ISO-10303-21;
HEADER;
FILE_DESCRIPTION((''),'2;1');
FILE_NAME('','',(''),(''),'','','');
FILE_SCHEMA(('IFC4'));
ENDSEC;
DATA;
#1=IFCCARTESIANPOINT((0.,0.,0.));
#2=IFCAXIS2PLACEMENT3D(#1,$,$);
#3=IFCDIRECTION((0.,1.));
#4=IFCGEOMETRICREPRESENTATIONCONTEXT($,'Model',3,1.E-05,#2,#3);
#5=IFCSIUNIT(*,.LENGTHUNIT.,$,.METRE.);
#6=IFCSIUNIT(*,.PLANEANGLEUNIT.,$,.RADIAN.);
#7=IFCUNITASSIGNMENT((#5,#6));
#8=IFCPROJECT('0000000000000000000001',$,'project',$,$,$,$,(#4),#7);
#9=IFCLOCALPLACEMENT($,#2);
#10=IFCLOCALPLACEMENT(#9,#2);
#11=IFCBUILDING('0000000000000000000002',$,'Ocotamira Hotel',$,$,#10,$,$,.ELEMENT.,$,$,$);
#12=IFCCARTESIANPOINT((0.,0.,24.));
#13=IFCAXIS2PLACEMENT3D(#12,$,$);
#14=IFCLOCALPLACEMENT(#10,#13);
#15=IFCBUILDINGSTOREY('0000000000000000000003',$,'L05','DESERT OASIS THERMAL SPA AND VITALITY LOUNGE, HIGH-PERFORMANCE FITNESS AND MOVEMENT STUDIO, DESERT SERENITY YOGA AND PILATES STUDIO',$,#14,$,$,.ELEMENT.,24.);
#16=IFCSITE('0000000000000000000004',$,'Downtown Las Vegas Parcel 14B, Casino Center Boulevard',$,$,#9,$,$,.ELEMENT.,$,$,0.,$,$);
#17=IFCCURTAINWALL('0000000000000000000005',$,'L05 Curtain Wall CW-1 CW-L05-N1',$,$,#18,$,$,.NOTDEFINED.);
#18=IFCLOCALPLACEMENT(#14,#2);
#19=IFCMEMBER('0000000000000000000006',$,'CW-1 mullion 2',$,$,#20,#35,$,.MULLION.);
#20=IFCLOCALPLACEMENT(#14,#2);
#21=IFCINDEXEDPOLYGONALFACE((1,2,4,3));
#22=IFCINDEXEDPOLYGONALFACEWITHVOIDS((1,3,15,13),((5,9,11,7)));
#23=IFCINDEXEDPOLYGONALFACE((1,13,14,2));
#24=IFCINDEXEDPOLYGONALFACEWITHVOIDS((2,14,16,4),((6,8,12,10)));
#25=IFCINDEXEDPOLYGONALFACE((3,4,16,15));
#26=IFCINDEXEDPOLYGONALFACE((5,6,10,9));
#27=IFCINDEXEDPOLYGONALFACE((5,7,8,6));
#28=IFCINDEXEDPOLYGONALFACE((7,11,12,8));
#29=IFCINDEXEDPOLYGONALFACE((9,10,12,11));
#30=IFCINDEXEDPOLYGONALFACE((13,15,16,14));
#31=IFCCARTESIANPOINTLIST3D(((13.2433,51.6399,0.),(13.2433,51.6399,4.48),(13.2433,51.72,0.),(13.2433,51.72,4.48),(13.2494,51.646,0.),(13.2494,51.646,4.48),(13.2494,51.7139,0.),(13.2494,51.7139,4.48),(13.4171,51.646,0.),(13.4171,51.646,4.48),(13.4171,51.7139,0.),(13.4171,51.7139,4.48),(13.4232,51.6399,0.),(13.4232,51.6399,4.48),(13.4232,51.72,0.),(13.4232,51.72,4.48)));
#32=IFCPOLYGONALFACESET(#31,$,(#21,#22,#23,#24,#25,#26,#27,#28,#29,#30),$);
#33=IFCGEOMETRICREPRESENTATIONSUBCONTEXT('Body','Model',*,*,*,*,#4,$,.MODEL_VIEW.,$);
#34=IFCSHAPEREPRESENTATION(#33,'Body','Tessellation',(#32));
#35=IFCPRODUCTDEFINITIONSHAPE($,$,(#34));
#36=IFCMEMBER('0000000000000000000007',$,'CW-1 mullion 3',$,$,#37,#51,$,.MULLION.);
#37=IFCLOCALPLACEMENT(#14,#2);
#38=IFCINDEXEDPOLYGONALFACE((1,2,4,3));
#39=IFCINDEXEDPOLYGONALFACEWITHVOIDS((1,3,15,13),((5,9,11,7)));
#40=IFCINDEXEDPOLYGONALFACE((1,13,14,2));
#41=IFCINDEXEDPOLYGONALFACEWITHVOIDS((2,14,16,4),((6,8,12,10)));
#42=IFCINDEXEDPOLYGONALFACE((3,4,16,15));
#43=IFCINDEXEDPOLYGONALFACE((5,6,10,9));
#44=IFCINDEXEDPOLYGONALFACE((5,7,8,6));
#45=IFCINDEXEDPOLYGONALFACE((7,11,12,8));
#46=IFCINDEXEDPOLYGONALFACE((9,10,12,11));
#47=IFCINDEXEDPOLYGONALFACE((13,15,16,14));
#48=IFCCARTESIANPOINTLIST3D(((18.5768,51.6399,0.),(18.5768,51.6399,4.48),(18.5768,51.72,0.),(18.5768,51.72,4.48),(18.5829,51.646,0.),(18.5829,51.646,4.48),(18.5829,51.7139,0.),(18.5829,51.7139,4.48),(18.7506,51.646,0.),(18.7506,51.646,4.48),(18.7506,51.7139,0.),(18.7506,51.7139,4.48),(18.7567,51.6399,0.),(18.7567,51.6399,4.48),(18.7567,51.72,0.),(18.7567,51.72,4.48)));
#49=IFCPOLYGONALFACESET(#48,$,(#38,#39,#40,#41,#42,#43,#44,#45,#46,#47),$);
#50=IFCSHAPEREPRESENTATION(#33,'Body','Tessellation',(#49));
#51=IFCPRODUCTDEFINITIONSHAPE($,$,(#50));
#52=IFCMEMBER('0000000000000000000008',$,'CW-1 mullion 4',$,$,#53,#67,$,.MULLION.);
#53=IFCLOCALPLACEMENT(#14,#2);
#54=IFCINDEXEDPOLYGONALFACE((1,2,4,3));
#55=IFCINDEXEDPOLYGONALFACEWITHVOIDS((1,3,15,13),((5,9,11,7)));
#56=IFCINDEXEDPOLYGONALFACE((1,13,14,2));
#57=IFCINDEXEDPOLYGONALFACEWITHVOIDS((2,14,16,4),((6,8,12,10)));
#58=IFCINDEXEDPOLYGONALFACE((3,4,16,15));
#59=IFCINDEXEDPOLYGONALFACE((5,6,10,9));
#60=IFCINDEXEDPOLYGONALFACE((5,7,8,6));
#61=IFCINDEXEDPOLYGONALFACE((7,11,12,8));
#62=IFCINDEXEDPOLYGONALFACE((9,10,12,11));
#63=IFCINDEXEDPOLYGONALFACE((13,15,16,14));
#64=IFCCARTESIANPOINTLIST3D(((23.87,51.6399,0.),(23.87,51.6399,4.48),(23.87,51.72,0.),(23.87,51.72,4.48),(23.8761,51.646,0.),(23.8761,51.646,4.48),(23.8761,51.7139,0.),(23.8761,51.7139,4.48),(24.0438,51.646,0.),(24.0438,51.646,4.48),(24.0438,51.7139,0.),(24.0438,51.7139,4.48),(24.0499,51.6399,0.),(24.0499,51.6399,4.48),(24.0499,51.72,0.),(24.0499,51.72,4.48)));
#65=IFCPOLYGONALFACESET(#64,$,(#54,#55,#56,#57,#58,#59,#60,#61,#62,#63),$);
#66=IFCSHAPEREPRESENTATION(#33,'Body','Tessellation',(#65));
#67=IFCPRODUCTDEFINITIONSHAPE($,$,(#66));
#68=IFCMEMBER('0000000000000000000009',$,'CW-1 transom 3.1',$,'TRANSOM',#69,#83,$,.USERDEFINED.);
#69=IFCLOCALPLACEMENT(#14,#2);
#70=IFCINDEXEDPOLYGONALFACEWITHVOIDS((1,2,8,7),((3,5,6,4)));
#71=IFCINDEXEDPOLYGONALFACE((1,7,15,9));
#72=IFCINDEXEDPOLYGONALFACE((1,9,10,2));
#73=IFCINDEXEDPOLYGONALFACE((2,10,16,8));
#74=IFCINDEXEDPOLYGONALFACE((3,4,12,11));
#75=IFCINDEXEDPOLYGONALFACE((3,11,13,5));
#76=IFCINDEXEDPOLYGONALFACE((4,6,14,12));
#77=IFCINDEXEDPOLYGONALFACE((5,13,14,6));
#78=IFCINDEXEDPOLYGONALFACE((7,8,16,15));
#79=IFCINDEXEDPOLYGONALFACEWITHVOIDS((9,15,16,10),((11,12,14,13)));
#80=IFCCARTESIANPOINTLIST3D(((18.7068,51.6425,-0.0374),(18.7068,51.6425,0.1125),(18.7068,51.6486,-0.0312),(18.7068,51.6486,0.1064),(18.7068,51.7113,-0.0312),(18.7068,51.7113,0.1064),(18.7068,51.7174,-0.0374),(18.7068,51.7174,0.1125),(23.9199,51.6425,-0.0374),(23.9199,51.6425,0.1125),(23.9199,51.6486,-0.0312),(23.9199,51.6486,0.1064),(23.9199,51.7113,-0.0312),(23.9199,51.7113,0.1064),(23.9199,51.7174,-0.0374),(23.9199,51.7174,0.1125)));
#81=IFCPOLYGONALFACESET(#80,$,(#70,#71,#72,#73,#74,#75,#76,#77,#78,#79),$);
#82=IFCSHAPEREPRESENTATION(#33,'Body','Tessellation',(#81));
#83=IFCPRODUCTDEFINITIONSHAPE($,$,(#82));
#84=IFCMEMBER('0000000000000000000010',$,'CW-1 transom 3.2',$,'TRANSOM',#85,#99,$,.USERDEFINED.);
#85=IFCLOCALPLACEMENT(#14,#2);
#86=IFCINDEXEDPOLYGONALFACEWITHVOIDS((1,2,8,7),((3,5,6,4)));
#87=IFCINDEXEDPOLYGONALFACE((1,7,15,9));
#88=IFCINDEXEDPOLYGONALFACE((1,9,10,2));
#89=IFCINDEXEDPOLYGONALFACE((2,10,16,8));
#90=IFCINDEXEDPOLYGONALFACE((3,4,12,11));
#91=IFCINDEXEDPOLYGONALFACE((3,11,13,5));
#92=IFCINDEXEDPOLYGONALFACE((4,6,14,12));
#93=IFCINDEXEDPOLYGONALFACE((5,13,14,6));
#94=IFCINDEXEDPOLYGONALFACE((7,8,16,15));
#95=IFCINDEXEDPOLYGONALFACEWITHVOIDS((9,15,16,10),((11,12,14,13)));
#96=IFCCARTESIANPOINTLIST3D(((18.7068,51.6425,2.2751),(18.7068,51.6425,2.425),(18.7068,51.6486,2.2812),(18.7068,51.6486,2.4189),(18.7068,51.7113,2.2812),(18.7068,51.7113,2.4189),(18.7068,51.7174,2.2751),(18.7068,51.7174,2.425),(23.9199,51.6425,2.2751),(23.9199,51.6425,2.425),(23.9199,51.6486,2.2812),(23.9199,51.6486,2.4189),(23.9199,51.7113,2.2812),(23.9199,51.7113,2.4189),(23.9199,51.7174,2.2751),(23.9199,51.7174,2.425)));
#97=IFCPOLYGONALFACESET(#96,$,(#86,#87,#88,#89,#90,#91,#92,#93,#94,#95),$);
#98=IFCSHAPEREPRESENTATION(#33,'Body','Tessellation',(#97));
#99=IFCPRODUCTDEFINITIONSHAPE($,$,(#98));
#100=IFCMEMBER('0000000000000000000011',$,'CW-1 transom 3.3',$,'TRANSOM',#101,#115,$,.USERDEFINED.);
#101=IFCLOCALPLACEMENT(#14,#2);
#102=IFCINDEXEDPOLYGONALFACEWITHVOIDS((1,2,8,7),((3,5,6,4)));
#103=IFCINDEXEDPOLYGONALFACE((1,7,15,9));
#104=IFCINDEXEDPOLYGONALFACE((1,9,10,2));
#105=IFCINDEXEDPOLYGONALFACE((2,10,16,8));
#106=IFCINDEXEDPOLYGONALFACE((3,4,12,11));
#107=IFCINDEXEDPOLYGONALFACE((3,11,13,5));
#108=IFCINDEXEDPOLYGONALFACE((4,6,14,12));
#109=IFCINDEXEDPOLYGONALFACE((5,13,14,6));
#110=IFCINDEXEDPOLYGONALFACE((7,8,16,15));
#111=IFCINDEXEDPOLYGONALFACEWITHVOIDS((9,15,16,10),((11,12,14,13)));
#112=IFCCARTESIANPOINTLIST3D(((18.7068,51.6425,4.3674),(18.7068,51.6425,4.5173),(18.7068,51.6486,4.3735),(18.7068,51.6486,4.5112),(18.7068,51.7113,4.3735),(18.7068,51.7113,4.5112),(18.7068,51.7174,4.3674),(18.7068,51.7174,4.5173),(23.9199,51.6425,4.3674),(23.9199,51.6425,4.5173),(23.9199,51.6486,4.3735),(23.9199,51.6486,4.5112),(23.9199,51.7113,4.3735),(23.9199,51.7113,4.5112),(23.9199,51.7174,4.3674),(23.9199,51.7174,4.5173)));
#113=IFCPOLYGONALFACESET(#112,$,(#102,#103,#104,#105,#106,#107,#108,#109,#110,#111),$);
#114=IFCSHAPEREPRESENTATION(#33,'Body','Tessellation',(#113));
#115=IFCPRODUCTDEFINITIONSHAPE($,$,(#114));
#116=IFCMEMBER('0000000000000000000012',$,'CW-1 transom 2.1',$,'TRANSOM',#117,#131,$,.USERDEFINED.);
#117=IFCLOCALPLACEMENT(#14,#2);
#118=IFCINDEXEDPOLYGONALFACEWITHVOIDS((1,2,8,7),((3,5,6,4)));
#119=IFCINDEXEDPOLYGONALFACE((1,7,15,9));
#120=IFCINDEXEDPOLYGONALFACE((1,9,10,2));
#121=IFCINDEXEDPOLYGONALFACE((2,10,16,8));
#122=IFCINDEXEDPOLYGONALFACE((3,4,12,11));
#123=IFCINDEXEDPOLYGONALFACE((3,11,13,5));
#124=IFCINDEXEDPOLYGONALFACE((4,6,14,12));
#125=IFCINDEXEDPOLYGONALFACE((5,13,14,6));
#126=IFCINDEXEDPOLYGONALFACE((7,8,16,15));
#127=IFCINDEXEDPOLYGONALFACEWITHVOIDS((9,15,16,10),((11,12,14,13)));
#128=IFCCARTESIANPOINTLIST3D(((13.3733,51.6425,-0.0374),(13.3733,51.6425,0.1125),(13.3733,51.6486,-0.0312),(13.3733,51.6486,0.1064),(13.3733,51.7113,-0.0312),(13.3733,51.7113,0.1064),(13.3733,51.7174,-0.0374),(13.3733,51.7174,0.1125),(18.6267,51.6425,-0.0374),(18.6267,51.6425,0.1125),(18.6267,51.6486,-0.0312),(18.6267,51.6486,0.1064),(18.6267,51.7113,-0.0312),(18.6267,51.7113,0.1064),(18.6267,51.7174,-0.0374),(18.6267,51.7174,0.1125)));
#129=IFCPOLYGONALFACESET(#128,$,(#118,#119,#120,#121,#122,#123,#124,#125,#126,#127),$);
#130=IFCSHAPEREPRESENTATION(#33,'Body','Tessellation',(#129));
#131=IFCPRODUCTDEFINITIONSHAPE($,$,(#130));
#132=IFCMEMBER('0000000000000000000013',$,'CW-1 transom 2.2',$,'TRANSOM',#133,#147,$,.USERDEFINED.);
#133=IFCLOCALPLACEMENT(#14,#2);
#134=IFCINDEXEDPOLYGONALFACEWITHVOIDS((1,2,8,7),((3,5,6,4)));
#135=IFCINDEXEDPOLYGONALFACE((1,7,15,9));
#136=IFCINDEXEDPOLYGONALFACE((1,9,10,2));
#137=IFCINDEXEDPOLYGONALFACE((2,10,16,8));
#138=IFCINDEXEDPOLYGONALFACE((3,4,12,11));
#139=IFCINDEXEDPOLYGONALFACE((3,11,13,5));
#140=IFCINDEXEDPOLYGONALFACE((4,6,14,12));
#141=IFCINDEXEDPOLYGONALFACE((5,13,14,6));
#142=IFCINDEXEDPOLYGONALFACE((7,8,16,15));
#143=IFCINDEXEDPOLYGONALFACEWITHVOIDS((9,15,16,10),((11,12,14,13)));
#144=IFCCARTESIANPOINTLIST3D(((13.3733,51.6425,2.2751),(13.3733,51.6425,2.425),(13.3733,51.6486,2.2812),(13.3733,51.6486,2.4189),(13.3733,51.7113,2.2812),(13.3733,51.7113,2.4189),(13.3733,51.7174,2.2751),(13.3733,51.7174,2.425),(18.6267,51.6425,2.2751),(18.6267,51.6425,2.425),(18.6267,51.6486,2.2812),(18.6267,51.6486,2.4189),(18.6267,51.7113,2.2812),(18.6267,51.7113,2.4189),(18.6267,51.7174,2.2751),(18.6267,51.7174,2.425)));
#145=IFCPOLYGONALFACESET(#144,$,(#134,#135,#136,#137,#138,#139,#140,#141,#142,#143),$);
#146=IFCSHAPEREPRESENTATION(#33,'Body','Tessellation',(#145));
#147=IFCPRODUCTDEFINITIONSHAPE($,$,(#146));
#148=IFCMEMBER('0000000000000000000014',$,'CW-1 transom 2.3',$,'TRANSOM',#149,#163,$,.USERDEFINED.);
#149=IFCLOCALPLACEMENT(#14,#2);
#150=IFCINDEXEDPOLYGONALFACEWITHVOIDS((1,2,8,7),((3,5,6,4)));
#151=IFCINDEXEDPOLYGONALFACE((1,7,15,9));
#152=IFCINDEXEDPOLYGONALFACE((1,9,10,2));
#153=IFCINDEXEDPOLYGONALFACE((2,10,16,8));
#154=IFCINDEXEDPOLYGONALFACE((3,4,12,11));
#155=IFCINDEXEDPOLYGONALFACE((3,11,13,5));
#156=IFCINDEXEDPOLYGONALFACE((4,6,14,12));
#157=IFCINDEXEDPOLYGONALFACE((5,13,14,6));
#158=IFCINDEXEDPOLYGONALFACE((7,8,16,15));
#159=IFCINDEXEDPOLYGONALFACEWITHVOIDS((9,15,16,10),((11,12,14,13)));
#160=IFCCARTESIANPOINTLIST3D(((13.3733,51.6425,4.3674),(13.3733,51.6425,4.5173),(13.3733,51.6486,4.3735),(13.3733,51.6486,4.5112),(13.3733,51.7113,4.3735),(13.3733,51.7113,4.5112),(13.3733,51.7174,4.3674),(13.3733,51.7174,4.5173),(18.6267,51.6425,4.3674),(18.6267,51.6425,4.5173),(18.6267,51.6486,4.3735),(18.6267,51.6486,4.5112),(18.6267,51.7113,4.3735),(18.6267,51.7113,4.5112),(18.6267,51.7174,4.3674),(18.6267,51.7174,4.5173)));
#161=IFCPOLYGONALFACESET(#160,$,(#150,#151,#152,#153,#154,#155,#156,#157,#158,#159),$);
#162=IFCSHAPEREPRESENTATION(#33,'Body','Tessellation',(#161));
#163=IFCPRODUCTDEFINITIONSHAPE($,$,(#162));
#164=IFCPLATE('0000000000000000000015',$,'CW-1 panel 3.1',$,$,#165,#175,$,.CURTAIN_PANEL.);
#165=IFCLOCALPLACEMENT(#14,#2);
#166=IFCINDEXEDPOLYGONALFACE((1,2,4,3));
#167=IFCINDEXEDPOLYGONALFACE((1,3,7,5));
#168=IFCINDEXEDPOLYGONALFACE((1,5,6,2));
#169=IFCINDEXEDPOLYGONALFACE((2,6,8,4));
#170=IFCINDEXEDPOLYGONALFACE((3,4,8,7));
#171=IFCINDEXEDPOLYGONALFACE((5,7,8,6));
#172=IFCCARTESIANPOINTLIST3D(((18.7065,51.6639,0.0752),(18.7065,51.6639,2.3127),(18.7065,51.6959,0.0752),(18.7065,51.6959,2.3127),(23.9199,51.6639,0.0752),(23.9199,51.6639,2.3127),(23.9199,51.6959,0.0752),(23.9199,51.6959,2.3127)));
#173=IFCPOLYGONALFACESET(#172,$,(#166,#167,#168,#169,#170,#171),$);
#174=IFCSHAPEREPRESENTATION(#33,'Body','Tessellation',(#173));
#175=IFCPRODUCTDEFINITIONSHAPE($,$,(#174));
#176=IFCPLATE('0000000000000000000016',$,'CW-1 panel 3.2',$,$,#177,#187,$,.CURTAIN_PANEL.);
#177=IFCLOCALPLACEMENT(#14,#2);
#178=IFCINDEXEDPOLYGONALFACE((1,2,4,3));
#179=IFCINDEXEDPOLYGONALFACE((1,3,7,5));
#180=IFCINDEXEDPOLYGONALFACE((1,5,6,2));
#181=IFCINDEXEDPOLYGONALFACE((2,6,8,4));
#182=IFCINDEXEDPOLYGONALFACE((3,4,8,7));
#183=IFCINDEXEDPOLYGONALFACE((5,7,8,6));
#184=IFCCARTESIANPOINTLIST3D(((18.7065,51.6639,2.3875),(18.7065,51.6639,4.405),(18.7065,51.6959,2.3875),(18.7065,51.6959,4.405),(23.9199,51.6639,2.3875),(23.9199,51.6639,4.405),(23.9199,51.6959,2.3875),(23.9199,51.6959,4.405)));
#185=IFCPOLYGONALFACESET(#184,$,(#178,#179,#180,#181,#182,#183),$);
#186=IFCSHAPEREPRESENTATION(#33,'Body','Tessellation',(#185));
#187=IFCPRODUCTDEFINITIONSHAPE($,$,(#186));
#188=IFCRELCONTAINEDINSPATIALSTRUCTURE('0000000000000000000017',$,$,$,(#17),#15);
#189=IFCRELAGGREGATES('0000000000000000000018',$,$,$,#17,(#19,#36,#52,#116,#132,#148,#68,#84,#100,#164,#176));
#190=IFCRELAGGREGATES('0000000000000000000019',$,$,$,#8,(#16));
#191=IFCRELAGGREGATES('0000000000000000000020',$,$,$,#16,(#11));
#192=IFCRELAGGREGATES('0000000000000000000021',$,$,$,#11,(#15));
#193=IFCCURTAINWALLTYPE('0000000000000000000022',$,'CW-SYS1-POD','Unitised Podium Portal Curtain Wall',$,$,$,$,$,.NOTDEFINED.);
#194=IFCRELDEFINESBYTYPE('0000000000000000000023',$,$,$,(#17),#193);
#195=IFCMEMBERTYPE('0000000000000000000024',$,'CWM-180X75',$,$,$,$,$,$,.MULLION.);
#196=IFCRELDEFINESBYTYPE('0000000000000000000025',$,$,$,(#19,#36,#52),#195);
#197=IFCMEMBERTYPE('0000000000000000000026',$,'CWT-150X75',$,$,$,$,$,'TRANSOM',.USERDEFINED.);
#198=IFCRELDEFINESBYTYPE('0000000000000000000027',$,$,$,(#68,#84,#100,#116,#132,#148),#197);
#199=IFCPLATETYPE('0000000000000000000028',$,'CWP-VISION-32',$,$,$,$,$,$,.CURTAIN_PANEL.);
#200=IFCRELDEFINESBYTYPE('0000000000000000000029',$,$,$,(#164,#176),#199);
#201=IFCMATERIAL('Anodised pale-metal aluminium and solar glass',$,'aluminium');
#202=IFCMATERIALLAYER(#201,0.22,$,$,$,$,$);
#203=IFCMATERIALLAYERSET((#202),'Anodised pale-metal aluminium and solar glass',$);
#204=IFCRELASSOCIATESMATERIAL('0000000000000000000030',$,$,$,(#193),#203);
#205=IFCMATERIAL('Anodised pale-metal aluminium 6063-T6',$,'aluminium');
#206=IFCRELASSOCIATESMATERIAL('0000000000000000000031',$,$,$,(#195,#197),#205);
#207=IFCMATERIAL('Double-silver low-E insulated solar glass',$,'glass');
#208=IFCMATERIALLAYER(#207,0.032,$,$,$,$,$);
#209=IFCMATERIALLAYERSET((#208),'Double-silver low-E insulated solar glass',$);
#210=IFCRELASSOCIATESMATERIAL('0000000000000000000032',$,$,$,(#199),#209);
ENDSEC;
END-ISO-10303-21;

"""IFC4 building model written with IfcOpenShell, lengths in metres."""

from ifc_helpers import new_model, si_unit, direction, frame, origin, origin_2d, place, context, subcontext, project, spatial, rectangle, hollow_rectangle, extrude, source, transform, mapped, material, layer, layer_set, material_profile, profile_set, type_object, element, aggregate, save


model = new_model("IFC4")

# Units and contexts
model_context = context("Model", 3, precision=1e-05, world=origin(), true_north=direction((0.0, 1.0)))
body_context = subcontext(model_context, "Body", "Model", "MODEL_VIEW")
ifc_project = project(units=[si_unit("LENGTHUNIT", "METRE"), si_unit("PLANEANGLEUNIT", "RADIAN")], contexts=[model_context])

# Site, building, storey
site_placement = place(None, origin())
site = spatial("IfcSite", under=ifc_project, at=site_placement, Name="Downtown Las Vegas Parcel 14B, Casino Center Boulevard", CompositionType="ELEMENT", RefElevation=0.0)
building_placement = place(site_placement, origin())
building = spatial("IfcBuilding", under=site, at=building_placement, Name="Ocotamira Hotel", CompositionType="ELEMENT")
storey_placement = place(building_placement, frame((0.0, 0.0, 24.0)))
storey = spatial("IfcBuildingStorey", under=building, at=storey_placement, Name="L05", Description="DESERT OASIS THERMAL SPA AND VITALITY LOUNGE, HIGH-PERFORMANCE FITNESS AND MOVEMENT STUDIO, DESERT SERENITY YOGA AND PILATES STUDIO", CompositionType="ELEMENT", Elevation=24.0)

# Curtain wall, members, plates
ifc_material_1 = material(Name="Anodised pale-metal aluminium and solar glass", Category="aluminium")
ifc_layer_1 = layer(ifc_material_1, 0.22)
ifc_layer_set_1 = layer_set([ifc_layer_1], Name="Anodised pale-metal aluminium and solar glass")
curtain_wall_type = type_object("IfcCurtainWallType", Name="CW-SYS1-POD", Description="Unitised Podium Portal Curtain Wall", PredefinedType="NOTDEFINED", material=ifc_layer_set_1)
curtain_wall_placement = place(storey_placement, origin())
curtain_wall = element("IfcCurtainWall", 1, at=curtain_wall_placement, inside=storey, type_object=curtain_wall_type, Name="L05 Curtain Wall CW-1 CW-L05-N1", PredefinedType="NOTDEFINED")
ifc_material_2 = material(Name="Anodised pale-metal aluminium 6063-T6", Category="aluminium")
ifc_material_profile_1 = material_profile(ifc_material_2, hollow_rectangle(XDim=0.0801, YDim=0.1799, WallThickness=0.0061, at=origin_2d()), Name="HSS180X80X6")
ifc_profile_set_1 = profile_set([ifc_material_profile_1], Name="Anodised pale-metal aluminium 6063-T6")
member_type_1 = type_object("IfcMemberType", Name="CWM-180X75", PredefinedType="MULLION", material=ifc_profile_set_1)
shared_shape_1 = source(origin(), body_context, "Body", "SweptSolid", [
    extrude(hollow_rectangle(XDim=0.0801, YDim=0.1799, WallThickness=0.0061, at=origin_2d()), origin(), (0.0, 0.0, 1.0), 4.48),
])
member_1_placement = place(storey_placement, frame((13.3333, 51.6799, 0.0), z_axis=(0.0, 0.0, 1.0), x_axis=(0.0, 1.0, 0.0)))
member_1 = element("IfcMember", 2, at=member_1_placement, type_object=member_type_1, Name="CW-1 mullion 2", PredefinedType="MULLION", context=body_context, shape_type="MappedRepresentation", body=[
    mapped(shared_shape_1, transform((0.0, 0.0, 0.0), scale=1.0)),
])
member_2_placement = place(storey_placement, frame((18.6667, 51.6799, 0.0), z_axis=(0.0, 0.0, 1.0), x_axis=(0.0, 1.0, 0.0)))
member_2 = element("IfcMember", 3, at=member_2_placement, type_object=member_type_1, Name="CW-1 mullion 3", PredefinedType="MULLION", context=body_context, shape_type="MappedRepresentation", body=[
    mapped(shared_shape_1, transform((0.0, 0.0, 0.0), scale=1.0)),
])
member_3_placement = place(storey_placement, frame((23.96, 51.6799, 0.0), z_axis=(0.0, 0.0, 1.0), x_axis=(0.0, 1.0, 0.0)))
member_3 = element("IfcMember", 4, at=member_3_placement, type_object=member_type_1, Name="CW-1 mullion 4", PredefinedType="MULLION", context=body_context, shape_type="MappedRepresentation", body=[
    mapped(shared_shape_1, transform((0.0, 0.0, 0.0), scale=1.0)),
])
ifc_material_profile_2 = material_profile(ifc_material_2, hollow_rectangle(XDim=0.075, YDim=0.1499, WallThickness=0.0061, at=origin_2d()), Name="HSS150X75X6")
ifc_profile_set_2 = profile_set([ifc_material_profile_2], Name="Anodised pale-metal aluminium 6063-T6")
member_type_2 = type_object("IfcMemberType", Name="CWT-150X75", ElementType="TRANSOM", PredefinedType="USERDEFINED", material=ifc_profile_set_2)
shared_shape_2 = source(origin(), body_context, "Body", "SweptSolid", [
    extrude(hollow_rectangle(XDim=0.075, YDim=0.1499, WallThickness=0.0061, at=origin_2d()), origin(), (0.0, 0.0, 1.0), 5.2131),
])
member_4_placement = place(storey_placement, frame((18.7068, 51.6799, 0.0376), z_axis=(1.0, 0.0, 0.0), x_axis=(0.0, 1.0, 0.0)))
member_4 = element("IfcMember", 5, at=member_4_placement, type_object=member_type_2, Name="CW-1 transom 3.1", ObjectType="TRANSOM", PredefinedType="USERDEFINED", context=body_context, shape_type="MappedRepresentation", body=[
    mapped(shared_shape_2, transform((0.0, 0.0, 0.0), scale=1.0)),
])
member_5_placement = place(storey_placement, frame((18.7068, 51.6799, 2.3501), z_axis=(1.0, 0.0, 0.0), x_axis=(0.0, 1.0, 0.0)))
member_5 = element("IfcMember", 6, at=member_5_placement, type_object=member_type_2, Name="CW-1 transom 3.2", ObjectType="TRANSOM", PredefinedType="USERDEFINED", context=body_context, shape_type="MappedRepresentation", body=[
    mapped(shared_shape_2, transform((0.0, 0.0, 0.0), scale=1.0)),
])
member_6_placement = place(storey_placement, frame((18.7068, 51.6799, 4.4424), z_axis=(1.0, 0.0, 0.0), x_axis=(0.0, 1.0, 0.0)))
member_6 = element("IfcMember", 7, at=member_6_placement, type_object=member_type_2, Name="CW-1 transom 3.3", ObjectType="TRANSOM", PredefinedType="USERDEFINED", context=body_context, shape_type="MappedRepresentation", body=[
    mapped(shared_shape_2, transform((0.0, 0.0, 0.0), scale=1.0)),
])
shared_shape_3 = source(origin(), body_context, "Body", "SweptSolid", [
    extrude(hollow_rectangle(XDim=0.075, YDim=0.1499, WallThickness=0.0061, at=origin_2d()), origin(), (0.0, 0.0, 1.0), 5.2534),
])
member_7_placement = place(storey_placement, frame((13.3733, 51.6799, 0.0376), z_axis=(1.0, 0.0, 0.0), x_axis=(0.0, 1.0, 0.0)))
member_7 = element("IfcMember", 8, at=member_7_placement, type_object=member_type_2, Name="CW-1 transom 2.1", ObjectType="TRANSOM", PredefinedType="USERDEFINED", context=body_context, shape_type="MappedRepresentation", body=[
    mapped(shared_shape_3, transform((0.0, 0.0, 0.0), scale=1.0)),
])
member_8_placement = place(storey_placement, frame((13.3733, 51.6799, 2.3501), z_axis=(1.0, 0.0, 0.0), x_axis=(0.0, 1.0, 0.0)))
member_8 = element("IfcMember", 9, at=member_8_placement, type_object=member_type_2, Name="CW-1 transom 2.2", ObjectType="TRANSOM", PredefinedType="USERDEFINED", context=body_context, shape_type="MappedRepresentation", body=[
    mapped(shared_shape_3, transform((0.0, 0.0, 0.0), scale=1.0)),
])
member_9_placement = place(storey_placement, frame((13.3733, 51.6799, 4.4424), z_axis=(1.0, 0.0, 0.0), x_axis=(0.0, 1.0, 0.0)))
member_9 = element("IfcMember", 10, at=member_9_placement, type_object=member_type_2, Name="CW-1 transom 2.3", ObjectType="TRANSOM", PredefinedType="USERDEFINED", context=body_context, shape_type="MappedRepresentation", body=[
    mapped(shared_shape_3, transform((0.0, 0.0, 0.0), scale=1.0)),
])
ifc_material_3 = material(Name="Double-silver low-E insulated solar glass", Category="glass")
ifc_layer_2 = layer(ifc_material_3, 0.032)
ifc_layer_set_2 = layer_set([ifc_layer_2], Name="Double-silver low-E insulated solar glass")
plate_type = type_object("IfcPlateType", Name="CWP-VISION-32", PredefinedType="CURTAIN_PANEL", material=ifc_layer_set_2)
shared_shape_4 = source(origin(), body_context, "Body", "SweptSolid", [
    extrude(rectangle(XDim=5.2134, YDim=0.032, at=origin_2d()), origin(), (0.0, 0.0, 1.0), 2.2375),
])
plate_1_placement = place(storey_placement, frame((21.3132, 51.6799, 0.0752), z_axis=(0.0, 0.0, 1.0), x_axis=(1.0, 0.0, 0.0)))
plate_1 = element("IfcPlate", 11, at=plate_1_placement, type_object=plate_type, Name="CW-1 panel 3.1", PredefinedType="CURTAIN_PANEL", context=body_context, shape_type="MappedRepresentation", body=[
    mapped(shared_shape_4, transform((0.0, 0.0, 0.0), scale=1.0)),
])
shared_shape_5 = source(origin(), body_context, "Body", "SweptSolid", [
    extrude(rectangle(XDim=5.2134, YDim=0.032, at=origin_2d()), origin(), (0.0, 0.0, 1.0), 2.0176),
])
plate_2_placement = place(storey_placement, frame((21.3132, 51.6799, 2.3875), z_axis=(0.0, 0.0, 1.0), x_axis=(1.0, 0.0, 0.0)))
plate_2 = element("IfcPlate", 12, at=plate_2_placement, type_object=plate_type, Name="CW-1 panel 3.2", PredefinedType="CURTAIN_PANEL", context=body_context, shape_type="MappedRepresentation", body=[
    mapped(shared_shape_5, transform((0.0, 0.0, 0.0), scale=1.0)),
])
aggregate(curtain_wall, [member_1, member_2, member_3, member_7, member_8, member_9, member_4, member_5, member_6, plate_1, plate_2])

save(model, "model.ifc")
